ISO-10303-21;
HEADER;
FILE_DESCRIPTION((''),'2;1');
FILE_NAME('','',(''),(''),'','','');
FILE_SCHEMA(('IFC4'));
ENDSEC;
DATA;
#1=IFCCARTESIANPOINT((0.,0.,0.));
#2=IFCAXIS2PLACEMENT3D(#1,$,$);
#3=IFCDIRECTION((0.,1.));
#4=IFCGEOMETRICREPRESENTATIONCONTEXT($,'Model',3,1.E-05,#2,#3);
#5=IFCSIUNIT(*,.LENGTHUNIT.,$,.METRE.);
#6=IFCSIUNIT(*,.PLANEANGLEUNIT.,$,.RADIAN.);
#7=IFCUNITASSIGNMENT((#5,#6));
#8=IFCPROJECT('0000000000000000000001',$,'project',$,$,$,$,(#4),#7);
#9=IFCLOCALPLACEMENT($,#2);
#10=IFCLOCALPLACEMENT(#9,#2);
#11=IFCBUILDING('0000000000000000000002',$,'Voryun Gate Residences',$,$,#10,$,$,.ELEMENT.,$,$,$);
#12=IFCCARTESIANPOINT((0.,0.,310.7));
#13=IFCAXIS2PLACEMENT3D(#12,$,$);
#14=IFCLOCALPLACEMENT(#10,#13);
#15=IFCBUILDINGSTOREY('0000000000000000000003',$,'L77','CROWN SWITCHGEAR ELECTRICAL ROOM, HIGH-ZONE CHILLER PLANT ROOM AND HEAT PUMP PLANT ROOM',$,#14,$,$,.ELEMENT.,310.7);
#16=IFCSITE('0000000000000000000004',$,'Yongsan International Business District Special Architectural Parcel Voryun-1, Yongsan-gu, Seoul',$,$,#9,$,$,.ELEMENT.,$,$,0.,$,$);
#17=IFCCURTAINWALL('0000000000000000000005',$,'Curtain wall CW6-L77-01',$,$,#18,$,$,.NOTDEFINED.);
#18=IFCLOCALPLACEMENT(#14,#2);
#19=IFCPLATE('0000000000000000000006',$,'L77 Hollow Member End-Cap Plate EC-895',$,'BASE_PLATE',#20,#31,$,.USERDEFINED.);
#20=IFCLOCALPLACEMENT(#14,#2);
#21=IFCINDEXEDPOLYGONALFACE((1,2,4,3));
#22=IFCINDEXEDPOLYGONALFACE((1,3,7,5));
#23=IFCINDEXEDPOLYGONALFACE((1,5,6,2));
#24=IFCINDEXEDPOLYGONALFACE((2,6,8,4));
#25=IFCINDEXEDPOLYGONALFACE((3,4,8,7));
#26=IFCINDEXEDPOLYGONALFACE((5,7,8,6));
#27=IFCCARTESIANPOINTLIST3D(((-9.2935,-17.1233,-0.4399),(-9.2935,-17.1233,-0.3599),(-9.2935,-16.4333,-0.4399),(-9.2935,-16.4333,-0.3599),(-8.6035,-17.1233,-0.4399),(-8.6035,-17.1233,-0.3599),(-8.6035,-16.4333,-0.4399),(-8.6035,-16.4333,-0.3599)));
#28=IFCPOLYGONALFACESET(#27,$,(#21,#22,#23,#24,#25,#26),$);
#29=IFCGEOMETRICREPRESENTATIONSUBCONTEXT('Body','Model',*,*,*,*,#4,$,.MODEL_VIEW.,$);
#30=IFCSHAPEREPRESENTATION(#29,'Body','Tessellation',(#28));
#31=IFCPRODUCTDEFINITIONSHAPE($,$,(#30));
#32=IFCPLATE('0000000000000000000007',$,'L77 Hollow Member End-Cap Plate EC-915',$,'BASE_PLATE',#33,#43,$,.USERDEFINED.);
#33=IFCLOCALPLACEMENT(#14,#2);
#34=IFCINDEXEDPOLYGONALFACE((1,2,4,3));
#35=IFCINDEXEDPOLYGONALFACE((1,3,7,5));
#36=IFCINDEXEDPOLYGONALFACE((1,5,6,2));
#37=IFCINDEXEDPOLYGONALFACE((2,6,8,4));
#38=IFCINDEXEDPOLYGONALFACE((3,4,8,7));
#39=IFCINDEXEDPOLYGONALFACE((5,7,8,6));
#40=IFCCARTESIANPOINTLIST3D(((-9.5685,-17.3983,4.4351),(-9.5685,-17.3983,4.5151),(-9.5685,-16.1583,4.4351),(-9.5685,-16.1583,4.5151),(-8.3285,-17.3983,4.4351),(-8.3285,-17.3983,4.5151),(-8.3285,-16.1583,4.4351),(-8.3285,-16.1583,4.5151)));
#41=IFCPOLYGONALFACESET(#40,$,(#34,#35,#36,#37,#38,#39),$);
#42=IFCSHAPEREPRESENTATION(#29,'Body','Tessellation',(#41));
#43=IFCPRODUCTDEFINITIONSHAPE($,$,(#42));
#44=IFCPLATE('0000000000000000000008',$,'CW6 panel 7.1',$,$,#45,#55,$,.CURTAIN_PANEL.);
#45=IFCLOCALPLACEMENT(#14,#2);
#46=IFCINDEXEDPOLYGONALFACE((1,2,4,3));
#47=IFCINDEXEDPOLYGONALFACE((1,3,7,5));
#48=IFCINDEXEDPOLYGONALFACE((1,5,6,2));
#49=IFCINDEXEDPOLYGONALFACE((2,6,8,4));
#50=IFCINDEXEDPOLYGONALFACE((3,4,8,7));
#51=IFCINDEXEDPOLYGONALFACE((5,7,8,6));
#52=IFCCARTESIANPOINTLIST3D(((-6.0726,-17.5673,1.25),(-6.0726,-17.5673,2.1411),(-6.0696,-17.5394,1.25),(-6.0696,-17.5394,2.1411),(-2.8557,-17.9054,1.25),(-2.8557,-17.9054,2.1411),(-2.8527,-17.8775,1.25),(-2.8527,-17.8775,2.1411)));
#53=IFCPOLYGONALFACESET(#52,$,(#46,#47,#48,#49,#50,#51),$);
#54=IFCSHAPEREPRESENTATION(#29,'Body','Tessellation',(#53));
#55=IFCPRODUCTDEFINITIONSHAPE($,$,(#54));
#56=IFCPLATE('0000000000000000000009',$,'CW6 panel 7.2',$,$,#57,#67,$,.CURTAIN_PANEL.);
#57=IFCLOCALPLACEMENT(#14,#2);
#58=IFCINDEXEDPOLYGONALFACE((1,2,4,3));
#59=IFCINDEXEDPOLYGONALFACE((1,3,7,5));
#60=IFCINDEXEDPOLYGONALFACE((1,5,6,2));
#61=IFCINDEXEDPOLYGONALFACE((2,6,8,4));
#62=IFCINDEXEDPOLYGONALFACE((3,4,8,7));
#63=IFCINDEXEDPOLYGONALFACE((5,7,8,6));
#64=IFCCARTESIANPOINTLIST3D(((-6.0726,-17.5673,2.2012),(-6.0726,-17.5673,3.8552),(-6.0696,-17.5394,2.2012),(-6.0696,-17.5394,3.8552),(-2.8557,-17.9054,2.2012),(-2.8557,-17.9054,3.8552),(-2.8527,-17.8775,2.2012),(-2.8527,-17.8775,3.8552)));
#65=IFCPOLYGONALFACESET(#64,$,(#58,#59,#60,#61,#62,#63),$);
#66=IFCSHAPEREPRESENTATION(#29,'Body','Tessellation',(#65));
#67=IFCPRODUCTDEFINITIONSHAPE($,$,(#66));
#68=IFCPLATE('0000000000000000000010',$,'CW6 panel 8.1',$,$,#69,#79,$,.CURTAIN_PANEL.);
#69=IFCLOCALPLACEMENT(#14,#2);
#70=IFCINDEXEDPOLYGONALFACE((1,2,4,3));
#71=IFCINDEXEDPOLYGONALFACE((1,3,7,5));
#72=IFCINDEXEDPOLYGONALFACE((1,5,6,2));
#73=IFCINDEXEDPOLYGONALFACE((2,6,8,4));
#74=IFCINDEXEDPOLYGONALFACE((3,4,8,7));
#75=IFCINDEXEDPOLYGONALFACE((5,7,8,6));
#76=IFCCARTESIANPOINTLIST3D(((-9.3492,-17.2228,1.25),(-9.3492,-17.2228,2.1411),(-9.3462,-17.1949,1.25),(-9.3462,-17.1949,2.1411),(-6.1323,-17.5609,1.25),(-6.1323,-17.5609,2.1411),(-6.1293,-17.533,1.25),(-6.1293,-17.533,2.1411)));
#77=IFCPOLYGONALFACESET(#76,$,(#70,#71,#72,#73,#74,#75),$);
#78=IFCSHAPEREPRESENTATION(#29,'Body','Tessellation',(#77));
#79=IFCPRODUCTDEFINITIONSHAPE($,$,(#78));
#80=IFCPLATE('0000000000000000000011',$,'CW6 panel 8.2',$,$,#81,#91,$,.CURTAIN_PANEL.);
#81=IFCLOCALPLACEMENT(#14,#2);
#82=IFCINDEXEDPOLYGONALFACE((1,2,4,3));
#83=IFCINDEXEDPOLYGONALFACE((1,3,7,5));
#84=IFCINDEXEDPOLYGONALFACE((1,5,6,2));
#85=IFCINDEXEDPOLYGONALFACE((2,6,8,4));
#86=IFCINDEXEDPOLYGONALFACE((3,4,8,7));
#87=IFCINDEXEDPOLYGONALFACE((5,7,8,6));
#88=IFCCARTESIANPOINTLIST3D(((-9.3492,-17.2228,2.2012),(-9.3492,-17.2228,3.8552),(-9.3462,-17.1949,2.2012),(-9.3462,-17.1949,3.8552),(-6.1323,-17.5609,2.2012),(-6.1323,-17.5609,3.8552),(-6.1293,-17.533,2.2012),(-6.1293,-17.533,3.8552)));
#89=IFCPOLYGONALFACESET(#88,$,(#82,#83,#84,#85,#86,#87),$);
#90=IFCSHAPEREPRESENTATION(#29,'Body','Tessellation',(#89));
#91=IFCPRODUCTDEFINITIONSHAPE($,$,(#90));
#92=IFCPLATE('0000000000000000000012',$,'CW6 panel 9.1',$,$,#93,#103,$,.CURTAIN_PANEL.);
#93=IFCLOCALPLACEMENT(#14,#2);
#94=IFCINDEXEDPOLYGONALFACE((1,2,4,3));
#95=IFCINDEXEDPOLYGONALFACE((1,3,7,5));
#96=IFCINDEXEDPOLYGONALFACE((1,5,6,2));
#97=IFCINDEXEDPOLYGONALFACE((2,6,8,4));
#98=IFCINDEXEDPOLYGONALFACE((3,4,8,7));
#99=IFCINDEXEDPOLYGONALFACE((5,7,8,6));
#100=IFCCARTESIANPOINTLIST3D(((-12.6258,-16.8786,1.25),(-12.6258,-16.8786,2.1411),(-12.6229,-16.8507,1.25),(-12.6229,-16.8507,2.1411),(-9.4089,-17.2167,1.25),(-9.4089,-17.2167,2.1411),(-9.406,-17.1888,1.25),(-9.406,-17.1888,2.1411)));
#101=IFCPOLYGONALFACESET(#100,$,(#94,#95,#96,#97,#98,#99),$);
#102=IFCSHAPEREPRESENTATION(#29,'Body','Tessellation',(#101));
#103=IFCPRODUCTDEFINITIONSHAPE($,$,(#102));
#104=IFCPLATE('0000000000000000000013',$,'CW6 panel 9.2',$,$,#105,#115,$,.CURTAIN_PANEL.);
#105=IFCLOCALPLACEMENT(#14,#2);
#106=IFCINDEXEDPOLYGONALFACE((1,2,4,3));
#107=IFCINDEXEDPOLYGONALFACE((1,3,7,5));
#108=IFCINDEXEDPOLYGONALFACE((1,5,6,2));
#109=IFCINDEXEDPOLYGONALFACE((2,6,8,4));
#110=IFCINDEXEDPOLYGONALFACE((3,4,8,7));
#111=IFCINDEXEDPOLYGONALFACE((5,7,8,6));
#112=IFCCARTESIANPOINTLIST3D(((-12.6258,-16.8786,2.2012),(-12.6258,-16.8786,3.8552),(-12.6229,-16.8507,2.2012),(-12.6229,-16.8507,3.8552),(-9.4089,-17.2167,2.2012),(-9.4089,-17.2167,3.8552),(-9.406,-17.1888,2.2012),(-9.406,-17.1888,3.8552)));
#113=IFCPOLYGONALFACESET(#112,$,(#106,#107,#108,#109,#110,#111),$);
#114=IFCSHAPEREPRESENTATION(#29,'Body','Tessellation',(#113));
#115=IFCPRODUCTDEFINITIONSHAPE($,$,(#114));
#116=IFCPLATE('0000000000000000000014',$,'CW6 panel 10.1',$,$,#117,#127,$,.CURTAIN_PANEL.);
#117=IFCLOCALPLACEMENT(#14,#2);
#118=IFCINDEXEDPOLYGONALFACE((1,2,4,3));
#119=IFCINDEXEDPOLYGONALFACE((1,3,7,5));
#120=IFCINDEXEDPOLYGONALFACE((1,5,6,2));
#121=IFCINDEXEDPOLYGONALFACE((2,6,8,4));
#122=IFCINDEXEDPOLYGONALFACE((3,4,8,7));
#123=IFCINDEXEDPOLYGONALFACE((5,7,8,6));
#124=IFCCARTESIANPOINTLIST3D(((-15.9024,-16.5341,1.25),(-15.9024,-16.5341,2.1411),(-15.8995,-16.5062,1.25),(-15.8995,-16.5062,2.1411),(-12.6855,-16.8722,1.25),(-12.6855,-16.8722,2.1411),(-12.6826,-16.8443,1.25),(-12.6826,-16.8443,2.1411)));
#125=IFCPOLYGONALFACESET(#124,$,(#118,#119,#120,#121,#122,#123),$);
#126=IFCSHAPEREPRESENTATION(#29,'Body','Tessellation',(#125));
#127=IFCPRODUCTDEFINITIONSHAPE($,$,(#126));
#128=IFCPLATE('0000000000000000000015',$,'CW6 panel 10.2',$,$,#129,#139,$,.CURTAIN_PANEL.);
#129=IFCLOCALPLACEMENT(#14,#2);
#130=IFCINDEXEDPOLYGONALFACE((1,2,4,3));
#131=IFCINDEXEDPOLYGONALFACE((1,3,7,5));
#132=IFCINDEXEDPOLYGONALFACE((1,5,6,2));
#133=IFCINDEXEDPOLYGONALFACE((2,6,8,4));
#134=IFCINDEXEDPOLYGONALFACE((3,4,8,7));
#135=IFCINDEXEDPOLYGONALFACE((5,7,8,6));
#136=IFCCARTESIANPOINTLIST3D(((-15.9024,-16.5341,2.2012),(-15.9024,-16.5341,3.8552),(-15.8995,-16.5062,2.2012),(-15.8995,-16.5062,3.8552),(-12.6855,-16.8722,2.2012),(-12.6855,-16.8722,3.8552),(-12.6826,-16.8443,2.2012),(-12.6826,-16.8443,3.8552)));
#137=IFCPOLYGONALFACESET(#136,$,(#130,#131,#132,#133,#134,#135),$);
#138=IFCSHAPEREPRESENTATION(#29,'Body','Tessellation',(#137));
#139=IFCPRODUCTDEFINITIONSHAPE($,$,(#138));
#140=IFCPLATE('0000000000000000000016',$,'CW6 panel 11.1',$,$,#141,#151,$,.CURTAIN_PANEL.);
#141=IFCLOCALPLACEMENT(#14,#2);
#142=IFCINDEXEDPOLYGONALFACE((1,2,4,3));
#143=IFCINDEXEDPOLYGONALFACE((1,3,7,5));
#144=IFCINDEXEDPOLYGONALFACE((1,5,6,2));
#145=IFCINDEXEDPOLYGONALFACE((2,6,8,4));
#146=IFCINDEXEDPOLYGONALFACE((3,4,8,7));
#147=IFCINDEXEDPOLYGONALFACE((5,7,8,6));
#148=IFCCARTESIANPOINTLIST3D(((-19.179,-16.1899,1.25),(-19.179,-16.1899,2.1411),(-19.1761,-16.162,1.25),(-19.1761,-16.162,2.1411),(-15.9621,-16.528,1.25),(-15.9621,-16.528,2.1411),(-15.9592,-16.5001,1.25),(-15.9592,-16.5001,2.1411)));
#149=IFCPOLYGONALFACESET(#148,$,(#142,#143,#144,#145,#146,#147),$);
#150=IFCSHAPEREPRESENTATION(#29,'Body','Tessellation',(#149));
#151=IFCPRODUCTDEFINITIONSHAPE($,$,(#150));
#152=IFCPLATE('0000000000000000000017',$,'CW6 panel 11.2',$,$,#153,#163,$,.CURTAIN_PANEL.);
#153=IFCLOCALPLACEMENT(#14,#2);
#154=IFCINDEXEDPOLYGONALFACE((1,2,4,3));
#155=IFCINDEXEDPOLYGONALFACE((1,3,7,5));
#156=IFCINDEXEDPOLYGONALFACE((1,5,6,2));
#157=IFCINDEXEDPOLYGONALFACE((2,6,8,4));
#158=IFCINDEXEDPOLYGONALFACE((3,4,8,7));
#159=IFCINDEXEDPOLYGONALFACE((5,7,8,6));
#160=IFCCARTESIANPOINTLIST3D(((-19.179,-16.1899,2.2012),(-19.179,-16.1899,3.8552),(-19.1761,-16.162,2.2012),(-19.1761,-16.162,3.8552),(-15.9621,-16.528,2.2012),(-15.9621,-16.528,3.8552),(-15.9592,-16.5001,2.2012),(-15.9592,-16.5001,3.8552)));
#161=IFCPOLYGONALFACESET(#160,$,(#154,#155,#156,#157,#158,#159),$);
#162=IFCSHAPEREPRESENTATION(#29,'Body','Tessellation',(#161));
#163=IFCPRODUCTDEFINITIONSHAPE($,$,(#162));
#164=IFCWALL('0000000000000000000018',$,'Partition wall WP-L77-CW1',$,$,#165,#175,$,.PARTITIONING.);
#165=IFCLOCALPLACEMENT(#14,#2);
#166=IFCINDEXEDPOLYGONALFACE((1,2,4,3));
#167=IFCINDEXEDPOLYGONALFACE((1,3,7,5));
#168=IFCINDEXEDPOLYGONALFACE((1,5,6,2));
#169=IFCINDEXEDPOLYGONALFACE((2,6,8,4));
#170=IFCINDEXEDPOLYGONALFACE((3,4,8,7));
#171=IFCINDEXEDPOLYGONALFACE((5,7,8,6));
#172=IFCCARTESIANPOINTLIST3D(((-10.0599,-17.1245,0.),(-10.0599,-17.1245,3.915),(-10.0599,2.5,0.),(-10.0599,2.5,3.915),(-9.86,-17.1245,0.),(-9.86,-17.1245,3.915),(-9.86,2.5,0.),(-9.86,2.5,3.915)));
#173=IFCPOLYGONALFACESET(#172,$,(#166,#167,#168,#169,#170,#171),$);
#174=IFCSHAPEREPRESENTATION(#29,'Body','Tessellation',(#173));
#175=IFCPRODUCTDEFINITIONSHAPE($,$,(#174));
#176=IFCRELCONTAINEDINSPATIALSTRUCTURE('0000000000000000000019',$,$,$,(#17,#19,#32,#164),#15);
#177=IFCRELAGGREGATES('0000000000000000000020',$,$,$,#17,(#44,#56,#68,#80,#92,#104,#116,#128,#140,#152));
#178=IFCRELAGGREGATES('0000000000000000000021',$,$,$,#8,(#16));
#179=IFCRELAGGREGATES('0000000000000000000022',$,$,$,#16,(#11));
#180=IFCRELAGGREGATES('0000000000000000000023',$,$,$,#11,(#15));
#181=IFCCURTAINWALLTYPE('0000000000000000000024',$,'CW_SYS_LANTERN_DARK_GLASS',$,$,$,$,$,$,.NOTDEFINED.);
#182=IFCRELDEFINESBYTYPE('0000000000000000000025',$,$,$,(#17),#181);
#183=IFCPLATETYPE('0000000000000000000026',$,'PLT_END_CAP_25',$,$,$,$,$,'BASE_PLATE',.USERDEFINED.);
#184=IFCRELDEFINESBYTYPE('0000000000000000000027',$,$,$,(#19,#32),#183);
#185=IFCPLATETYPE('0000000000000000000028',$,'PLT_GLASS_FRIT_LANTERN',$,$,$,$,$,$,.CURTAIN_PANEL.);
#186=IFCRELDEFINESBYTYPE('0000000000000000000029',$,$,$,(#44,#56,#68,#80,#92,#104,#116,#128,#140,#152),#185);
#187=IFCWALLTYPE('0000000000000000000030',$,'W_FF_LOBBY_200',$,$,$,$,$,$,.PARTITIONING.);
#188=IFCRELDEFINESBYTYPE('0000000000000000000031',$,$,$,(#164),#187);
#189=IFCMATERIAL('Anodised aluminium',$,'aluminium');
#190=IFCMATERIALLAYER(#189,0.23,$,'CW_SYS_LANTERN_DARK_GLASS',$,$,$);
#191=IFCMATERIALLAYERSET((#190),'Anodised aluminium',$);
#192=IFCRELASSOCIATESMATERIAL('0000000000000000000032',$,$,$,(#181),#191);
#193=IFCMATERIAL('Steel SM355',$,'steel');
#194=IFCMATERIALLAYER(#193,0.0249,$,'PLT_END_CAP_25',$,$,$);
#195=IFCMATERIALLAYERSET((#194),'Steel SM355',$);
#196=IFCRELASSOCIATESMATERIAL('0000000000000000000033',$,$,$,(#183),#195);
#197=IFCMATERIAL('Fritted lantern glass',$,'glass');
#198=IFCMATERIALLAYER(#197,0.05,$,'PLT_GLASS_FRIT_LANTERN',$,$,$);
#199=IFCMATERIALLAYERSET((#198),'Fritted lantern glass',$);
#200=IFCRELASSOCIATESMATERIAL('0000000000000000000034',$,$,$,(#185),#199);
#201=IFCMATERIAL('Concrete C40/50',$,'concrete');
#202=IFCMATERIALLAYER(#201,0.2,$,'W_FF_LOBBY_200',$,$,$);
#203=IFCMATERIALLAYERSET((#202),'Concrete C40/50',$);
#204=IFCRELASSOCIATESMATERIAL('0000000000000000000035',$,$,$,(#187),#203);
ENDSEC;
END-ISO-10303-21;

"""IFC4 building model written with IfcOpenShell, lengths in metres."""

from ifc_helpers import new_model, si_unit, direction, frame, frame_2d, origin, origin_2d, place, context, subcontext, project, spatial, rectangle, extrude, material, layer, layer_set, type_object, element, aggregate, save


model = new_model("IFC4")

# Units and contexts
model_context = context("Model", 3, precision=1e-05, world=origin(), true_north=direction((0.0, 1.0)))
body_context = subcontext(model_context, "Body", "Model", "MODEL_VIEW")
ifc_project = project(units=[si_unit("LENGTHUNIT", "METRE"), si_unit("PLANEANGLEUNIT", "RADIAN")], contexts=[model_context])

# Site, building, storey
site_placement = place(None, origin())
site = spatial("IfcSite", under=ifc_project, at=site_placement, Name="Yongsan International Business District Special Architectural Parcel Voryun-1, Yongsan-gu, Seoul", CompositionType="ELEMENT", RefElevation=0.0)
building_placement = place(site_placement, origin())
building = spatial("IfcBuilding", under=site, at=building_placement, Name="Voryun Gate Residences", CompositionType="ELEMENT")
storey_placement = place(building_placement, frame((0.0, 0.0, 310.7)))
storey = spatial("IfcBuildingStorey", under=building, at=storey_placement, Name="L77", Description="CROWN SWITCHGEAR ELECTRICAL ROOM, HIGH-ZONE CHILLER PLANT ROOM AND HEAT PUMP PLANT ROOM", CompositionType="ELEMENT", Elevation=310.7)

# Curtain wall
ifc_material_1 = material(Name="Anodised aluminium", Category="aluminium")
ifc_layer_1 = layer(ifc_material_1, 0.23, Name="CW_SYS_LANTERN_DARK_GLASS")
ifc_layer_set_1 = layer_set([ifc_layer_1], Name="Anodised aluminium")
curtain_wall_type = type_object("IfcCurtainWallType", Name="CW_SYS_LANTERN_DARK_GLASS", PredefinedType="NOTDEFINED", material=ifc_layer_set_1)
curtain_wall_placement = place(storey_placement, origin())
curtain_wall = element("IfcCurtainWall", 1, at=curtain_wall_placement, inside=storey, type_object=curtain_wall_type, Name="Curtain wall CW6-L77-01", PredefinedType="NOTDEFINED")

# Plates
ifc_material_2 = material(Name="Steel SM355", Category="steel")
ifc_layer_2 = layer(ifc_material_2, 0.0249, Name="PLT_END_CAP_25")
ifc_layer_set_2 = layer_set([ifc_layer_2], Name="Steel SM355")
plate_type_1 = type_object("IfcPlateType", Name="PLT_END_CAP_25", ElementType="BASE_PLATE", PredefinedType="USERDEFINED", material=ifc_layer_set_2)
plate_1_placement = place(storey_placement, frame((-8.9485, -16.7783, -0.4399), z_axis=(0.0, 0.0, 1.0), x_axis=(1.0, 0.0, 0.0)))
element("IfcPlate", 2, at=plate_1_placement, inside=storey, type_object=plate_type_1, Name="L77 Hollow Member End-Cap Plate EC-895", ObjectType="BASE_PLATE", PredefinedType="USERDEFINED", context=body_context, shape_type="SweptSolid", body=[
    extrude(rectangle(XDim=0.6899, YDim=0.6899, at=origin_2d()), origin(), (0.0, 0.0, 1.0), 0.0801),
])
plate_2_placement = place(storey_placement, frame((-8.9485, -16.7783, 4.4351), z_axis=(0.0, 0.0, 1.0), x_axis=(1.0, 0.0, 0.0)))
element("IfcPlate", 3, at=plate_2_placement, inside=storey, type_object=plate_type_1, Name="L77 Hollow Member End-Cap Plate EC-915", ObjectType="BASE_PLATE", PredefinedType="USERDEFINED", context=body_context, shape_type="SweptSolid", body=[
    extrude(rectangle(XDim=1.24, YDim=1.24, at=origin_2d()), origin(), (0.0, 0.0, 1.0), 0.0801),
])

# Plates
ifc_material_3 = material(Name="Fritted lantern glass", Category="glass")
ifc_layer_3 = layer(ifc_material_3, 0.05, Name="PLT_GLASS_FRIT_LANTERN")
ifc_layer_set_3 = layer_set([ifc_layer_3], Name="Fritted lantern glass")
plate_type_2 = type_object("IfcPlateType", Name="PLT_GLASS_FRIT_LANTERN", PredefinedType="CURTAIN_PANEL", material=ifc_layer_set_3)
plate_3_placement = place(storey_placement, frame((-4.4626, -17.7224, 1.25), z_axis=(0.0, 0.0, 1.0), x_axis=(-0.994522, 0.104528, 0.0)))
plate_3 = element("IfcPlate", 4, at=plate_3_placement, type_object=plate_type_2, Name="CW6 panel 7.1", PredefinedType="CURTAIN_PANEL", context=body_context, shape_type="SweptSolid", body=[
    extrude(rectangle(XDim=3.2346, YDim=0.0281, at=origin_2d()), origin(), (0.0, 0.0, 1.0), 0.8911),
])
plate_4_placement = place(storey_placement, frame((-4.4626, -17.7224, 2.2012), z_axis=(0.0, 0.0, 1.0), x_axis=(-0.994522, 0.104528, 0.0)))
plate_4 = element("IfcPlate", 5, at=plate_4_placement, type_object=plate_type_2, Name="CW6 panel 7.2", PredefinedType="CURTAIN_PANEL", context=body_context, shape_type="SweptSolid", body=[
    extrude(rectangle(XDim=3.2346, YDim=0.0281, at=origin_2d()), origin(), (0.0, 0.0, 1.0), 1.6541),
])
plate_5_placement = place(storey_placement, frame((-7.7393, -17.3779, 1.25), z_axis=(0.0, 0.0, 1.0), x_axis=(-0.994522, 0.104528, 0.0)))
plate_5 = element("IfcPlate", 6, at=plate_5_placement, type_object=plate_type_2, Name="CW6 panel 8.1", PredefinedType="CURTAIN_PANEL", context=body_context, shape_type="SweptSolid", body=[
    extrude(rectangle(XDim=3.2346, YDim=0.0281, at=origin_2d()), origin(), (0.0, 0.0, 1.0), 0.8911),
])
plate_6_placement = place(storey_placement, frame((-7.7393, -17.3779, 2.2012), z_axis=(0.0, 0.0, 1.0), x_axis=(-0.994522, 0.104528, 0.0)))
plate_6 = element("IfcPlate", 7, at=plate_6_placement, type_object=plate_type_2, Name="CW6 panel 8.2", PredefinedType="CURTAIN_PANEL", context=body_context, shape_type="SweptSolid", body=[
    extrude(rectangle(XDim=3.2346, YDim=0.0281, at=origin_2d()), origin(), (0.0, 0.0, 1.0), 1.6541),
])
plate_7_placement = place(storey_placement, frame((-11.0159, -17.0337, 1.25), z_axis=(0.0, 0.0, 1.0), x_axis=(-0.994522, 0.104528, 0.0)))
plate_7 = element("IfcPlate", 8, at=plate_7_placement, type_object=plate_type_2, Name="CW6 panel 9.1", PredefinedType="CURTAIN_PANEL", context=body_context, shape_type="SweptSolid", body=[
    extrude(rectangle(XDim=3.2346, YDim=0.0281, at=origin_2d()), origin(), (0.0, 0.0, 1.0), 0.8911),
])
plate_8_placement = place(storey_placement, frame((-11.0159, -17.0337, 2.2012), z_axis=(0.0, 0.0, 1.0), x_axis=(-0.994522, 0.104528, 0.0)))
plate_8 = element("IfcPlate", 9, at=plate_8_placement, type_object=plate_type_2, Name="CW6 panel 9.2", PredefinedType="CURTAIN_PANEL", context=body_context, shape_type="SweptSolid", body=[
    extrude(rectangle(XDim=3.2346, YDim=0.0281, at=origin_2d()), origin(), (0.0, 0.0, 1.0), 1.6541),
])
plate_9_placement = place(storey_placement, frame((-14.2925, -16.6892, 1.25), z_axis=(0.0, 0.0, 1.0), x_axis=(-0.994522, 0.104528, 0.0)))
plate_9 = element("IfcPlate", 10, at=plate_9_placement, type_object=plate_type_2, Name="CW6 panel 10.1", PredefinedType="CURTAIN_PANEL", context=body_context, shape_type="SweptSolid", body=[
    extrude(rectangle(XDim=3.2346, YDim=0.0281, at=origin_2d()), origin(), (0.0, 0.0, 1.0), 0.8911),
])
plate_10_placement = place(storey_placement, frame((-14.2925, -16.6892, 2.2012), z_axis=(0.0, 0.0, 1.0), x_axis=(-0.994522, 0.104528, 0.0)))
plate_10 = element("IfcPlate", 11, at=plate_10_placement, type_object=plate_type_2, Name="CW6 panel 10.2", PredefinedType="CURTAIN_PANEL", context=body_context, shape_type="SweptSolid", body=[
    extrude(rectangle(XDim=3.2346, YDim=0.0281, at=origin_2d()), origin(), (0.0, 0.0, 1.0), 1.6541),
])
plate_11_placement = place(storey_placement, frame((-17.5691, -16.345, 1.25), z_axis=(0.0, 0.0, 1.0), x_axis=(-0.994522, 0.104528, 0.0)))
plate_11 = element("IfcPlate", 12, at=plate_11_placement, type_object=plate_type_2, Name="CW6 panel 11.1", PredefinedType="CURTAIN_PANEL", context=body_context, shape_type="SweptSolid", body=[
    extrude(rectangle(XDim=3.2346, YDim=0.0281, at=origin_2d()), origin(), (0.0, 0.0, 1.0), 0.8911),
])
plate_12_placement = place(storey_placement, frame((-17.5691, -16.345, 2.2012), z_axis=(0.0, 0.0, 1.0), x_axis=(-0.994522, 0.104528, 0.0)))
plate_12 = element("IfcPlate", 13, at=plate_12_placement, type_object=plate_type_2, Name="CW6 panel 11.2", PredefinedType="CURTAIN_PANEL", context=body_context, shape_type="SweptSolid", body=[
    extrude(rectangle(XDim=3.2346, YDim=0.0281, at=origin_2d()), origin(), (0.0, 0.0, 1.0), 1.6541),
])
aggregate(curtain_wall, [plate_3, plate_4, plate_5, plate_6, plate_7, plate_8, plate_9, plate_10, plate_11, plate_12])

# Wall
ifc_material_4 = material(Name="Concrete C40/50", Category="concrete")
ifc_layer_4 = layer(ifc_material_4, 0.2, Name="W_FF_LOBBY_200")
ifc_layer_set_4 = layer_set([ifc_layer_4], Name="Concrete C40/50")
wall_type = type_object("IfcWallType", Name="W_FF_LOBBY_200", PredefinedType="PARTITIONING", material=ifc_layer_set_4)
wall_placement = place(storey_placement, frame((-9.96, -17.1245, 0.0), z_axis=(0.0, 0.0, 1.0), x_axis=(0.0, 1.0, 0.0)))
element("IfcWall", 14, at=wall_placement, inside=storey, type_object=wall_type, Name="Partition wall WP-L77-CW1", PredefinedType="PARTITIONING", context=body_context, shape_type="SweptSolid", body=[
    extrude(rectangle(XDim=19.6245, YDim=0.2, at=frame_2d((9.8123, 0.0))), origin(), (0.0, 0.0, 1.0), 3.915),
])

save(model, "model.ifc")
